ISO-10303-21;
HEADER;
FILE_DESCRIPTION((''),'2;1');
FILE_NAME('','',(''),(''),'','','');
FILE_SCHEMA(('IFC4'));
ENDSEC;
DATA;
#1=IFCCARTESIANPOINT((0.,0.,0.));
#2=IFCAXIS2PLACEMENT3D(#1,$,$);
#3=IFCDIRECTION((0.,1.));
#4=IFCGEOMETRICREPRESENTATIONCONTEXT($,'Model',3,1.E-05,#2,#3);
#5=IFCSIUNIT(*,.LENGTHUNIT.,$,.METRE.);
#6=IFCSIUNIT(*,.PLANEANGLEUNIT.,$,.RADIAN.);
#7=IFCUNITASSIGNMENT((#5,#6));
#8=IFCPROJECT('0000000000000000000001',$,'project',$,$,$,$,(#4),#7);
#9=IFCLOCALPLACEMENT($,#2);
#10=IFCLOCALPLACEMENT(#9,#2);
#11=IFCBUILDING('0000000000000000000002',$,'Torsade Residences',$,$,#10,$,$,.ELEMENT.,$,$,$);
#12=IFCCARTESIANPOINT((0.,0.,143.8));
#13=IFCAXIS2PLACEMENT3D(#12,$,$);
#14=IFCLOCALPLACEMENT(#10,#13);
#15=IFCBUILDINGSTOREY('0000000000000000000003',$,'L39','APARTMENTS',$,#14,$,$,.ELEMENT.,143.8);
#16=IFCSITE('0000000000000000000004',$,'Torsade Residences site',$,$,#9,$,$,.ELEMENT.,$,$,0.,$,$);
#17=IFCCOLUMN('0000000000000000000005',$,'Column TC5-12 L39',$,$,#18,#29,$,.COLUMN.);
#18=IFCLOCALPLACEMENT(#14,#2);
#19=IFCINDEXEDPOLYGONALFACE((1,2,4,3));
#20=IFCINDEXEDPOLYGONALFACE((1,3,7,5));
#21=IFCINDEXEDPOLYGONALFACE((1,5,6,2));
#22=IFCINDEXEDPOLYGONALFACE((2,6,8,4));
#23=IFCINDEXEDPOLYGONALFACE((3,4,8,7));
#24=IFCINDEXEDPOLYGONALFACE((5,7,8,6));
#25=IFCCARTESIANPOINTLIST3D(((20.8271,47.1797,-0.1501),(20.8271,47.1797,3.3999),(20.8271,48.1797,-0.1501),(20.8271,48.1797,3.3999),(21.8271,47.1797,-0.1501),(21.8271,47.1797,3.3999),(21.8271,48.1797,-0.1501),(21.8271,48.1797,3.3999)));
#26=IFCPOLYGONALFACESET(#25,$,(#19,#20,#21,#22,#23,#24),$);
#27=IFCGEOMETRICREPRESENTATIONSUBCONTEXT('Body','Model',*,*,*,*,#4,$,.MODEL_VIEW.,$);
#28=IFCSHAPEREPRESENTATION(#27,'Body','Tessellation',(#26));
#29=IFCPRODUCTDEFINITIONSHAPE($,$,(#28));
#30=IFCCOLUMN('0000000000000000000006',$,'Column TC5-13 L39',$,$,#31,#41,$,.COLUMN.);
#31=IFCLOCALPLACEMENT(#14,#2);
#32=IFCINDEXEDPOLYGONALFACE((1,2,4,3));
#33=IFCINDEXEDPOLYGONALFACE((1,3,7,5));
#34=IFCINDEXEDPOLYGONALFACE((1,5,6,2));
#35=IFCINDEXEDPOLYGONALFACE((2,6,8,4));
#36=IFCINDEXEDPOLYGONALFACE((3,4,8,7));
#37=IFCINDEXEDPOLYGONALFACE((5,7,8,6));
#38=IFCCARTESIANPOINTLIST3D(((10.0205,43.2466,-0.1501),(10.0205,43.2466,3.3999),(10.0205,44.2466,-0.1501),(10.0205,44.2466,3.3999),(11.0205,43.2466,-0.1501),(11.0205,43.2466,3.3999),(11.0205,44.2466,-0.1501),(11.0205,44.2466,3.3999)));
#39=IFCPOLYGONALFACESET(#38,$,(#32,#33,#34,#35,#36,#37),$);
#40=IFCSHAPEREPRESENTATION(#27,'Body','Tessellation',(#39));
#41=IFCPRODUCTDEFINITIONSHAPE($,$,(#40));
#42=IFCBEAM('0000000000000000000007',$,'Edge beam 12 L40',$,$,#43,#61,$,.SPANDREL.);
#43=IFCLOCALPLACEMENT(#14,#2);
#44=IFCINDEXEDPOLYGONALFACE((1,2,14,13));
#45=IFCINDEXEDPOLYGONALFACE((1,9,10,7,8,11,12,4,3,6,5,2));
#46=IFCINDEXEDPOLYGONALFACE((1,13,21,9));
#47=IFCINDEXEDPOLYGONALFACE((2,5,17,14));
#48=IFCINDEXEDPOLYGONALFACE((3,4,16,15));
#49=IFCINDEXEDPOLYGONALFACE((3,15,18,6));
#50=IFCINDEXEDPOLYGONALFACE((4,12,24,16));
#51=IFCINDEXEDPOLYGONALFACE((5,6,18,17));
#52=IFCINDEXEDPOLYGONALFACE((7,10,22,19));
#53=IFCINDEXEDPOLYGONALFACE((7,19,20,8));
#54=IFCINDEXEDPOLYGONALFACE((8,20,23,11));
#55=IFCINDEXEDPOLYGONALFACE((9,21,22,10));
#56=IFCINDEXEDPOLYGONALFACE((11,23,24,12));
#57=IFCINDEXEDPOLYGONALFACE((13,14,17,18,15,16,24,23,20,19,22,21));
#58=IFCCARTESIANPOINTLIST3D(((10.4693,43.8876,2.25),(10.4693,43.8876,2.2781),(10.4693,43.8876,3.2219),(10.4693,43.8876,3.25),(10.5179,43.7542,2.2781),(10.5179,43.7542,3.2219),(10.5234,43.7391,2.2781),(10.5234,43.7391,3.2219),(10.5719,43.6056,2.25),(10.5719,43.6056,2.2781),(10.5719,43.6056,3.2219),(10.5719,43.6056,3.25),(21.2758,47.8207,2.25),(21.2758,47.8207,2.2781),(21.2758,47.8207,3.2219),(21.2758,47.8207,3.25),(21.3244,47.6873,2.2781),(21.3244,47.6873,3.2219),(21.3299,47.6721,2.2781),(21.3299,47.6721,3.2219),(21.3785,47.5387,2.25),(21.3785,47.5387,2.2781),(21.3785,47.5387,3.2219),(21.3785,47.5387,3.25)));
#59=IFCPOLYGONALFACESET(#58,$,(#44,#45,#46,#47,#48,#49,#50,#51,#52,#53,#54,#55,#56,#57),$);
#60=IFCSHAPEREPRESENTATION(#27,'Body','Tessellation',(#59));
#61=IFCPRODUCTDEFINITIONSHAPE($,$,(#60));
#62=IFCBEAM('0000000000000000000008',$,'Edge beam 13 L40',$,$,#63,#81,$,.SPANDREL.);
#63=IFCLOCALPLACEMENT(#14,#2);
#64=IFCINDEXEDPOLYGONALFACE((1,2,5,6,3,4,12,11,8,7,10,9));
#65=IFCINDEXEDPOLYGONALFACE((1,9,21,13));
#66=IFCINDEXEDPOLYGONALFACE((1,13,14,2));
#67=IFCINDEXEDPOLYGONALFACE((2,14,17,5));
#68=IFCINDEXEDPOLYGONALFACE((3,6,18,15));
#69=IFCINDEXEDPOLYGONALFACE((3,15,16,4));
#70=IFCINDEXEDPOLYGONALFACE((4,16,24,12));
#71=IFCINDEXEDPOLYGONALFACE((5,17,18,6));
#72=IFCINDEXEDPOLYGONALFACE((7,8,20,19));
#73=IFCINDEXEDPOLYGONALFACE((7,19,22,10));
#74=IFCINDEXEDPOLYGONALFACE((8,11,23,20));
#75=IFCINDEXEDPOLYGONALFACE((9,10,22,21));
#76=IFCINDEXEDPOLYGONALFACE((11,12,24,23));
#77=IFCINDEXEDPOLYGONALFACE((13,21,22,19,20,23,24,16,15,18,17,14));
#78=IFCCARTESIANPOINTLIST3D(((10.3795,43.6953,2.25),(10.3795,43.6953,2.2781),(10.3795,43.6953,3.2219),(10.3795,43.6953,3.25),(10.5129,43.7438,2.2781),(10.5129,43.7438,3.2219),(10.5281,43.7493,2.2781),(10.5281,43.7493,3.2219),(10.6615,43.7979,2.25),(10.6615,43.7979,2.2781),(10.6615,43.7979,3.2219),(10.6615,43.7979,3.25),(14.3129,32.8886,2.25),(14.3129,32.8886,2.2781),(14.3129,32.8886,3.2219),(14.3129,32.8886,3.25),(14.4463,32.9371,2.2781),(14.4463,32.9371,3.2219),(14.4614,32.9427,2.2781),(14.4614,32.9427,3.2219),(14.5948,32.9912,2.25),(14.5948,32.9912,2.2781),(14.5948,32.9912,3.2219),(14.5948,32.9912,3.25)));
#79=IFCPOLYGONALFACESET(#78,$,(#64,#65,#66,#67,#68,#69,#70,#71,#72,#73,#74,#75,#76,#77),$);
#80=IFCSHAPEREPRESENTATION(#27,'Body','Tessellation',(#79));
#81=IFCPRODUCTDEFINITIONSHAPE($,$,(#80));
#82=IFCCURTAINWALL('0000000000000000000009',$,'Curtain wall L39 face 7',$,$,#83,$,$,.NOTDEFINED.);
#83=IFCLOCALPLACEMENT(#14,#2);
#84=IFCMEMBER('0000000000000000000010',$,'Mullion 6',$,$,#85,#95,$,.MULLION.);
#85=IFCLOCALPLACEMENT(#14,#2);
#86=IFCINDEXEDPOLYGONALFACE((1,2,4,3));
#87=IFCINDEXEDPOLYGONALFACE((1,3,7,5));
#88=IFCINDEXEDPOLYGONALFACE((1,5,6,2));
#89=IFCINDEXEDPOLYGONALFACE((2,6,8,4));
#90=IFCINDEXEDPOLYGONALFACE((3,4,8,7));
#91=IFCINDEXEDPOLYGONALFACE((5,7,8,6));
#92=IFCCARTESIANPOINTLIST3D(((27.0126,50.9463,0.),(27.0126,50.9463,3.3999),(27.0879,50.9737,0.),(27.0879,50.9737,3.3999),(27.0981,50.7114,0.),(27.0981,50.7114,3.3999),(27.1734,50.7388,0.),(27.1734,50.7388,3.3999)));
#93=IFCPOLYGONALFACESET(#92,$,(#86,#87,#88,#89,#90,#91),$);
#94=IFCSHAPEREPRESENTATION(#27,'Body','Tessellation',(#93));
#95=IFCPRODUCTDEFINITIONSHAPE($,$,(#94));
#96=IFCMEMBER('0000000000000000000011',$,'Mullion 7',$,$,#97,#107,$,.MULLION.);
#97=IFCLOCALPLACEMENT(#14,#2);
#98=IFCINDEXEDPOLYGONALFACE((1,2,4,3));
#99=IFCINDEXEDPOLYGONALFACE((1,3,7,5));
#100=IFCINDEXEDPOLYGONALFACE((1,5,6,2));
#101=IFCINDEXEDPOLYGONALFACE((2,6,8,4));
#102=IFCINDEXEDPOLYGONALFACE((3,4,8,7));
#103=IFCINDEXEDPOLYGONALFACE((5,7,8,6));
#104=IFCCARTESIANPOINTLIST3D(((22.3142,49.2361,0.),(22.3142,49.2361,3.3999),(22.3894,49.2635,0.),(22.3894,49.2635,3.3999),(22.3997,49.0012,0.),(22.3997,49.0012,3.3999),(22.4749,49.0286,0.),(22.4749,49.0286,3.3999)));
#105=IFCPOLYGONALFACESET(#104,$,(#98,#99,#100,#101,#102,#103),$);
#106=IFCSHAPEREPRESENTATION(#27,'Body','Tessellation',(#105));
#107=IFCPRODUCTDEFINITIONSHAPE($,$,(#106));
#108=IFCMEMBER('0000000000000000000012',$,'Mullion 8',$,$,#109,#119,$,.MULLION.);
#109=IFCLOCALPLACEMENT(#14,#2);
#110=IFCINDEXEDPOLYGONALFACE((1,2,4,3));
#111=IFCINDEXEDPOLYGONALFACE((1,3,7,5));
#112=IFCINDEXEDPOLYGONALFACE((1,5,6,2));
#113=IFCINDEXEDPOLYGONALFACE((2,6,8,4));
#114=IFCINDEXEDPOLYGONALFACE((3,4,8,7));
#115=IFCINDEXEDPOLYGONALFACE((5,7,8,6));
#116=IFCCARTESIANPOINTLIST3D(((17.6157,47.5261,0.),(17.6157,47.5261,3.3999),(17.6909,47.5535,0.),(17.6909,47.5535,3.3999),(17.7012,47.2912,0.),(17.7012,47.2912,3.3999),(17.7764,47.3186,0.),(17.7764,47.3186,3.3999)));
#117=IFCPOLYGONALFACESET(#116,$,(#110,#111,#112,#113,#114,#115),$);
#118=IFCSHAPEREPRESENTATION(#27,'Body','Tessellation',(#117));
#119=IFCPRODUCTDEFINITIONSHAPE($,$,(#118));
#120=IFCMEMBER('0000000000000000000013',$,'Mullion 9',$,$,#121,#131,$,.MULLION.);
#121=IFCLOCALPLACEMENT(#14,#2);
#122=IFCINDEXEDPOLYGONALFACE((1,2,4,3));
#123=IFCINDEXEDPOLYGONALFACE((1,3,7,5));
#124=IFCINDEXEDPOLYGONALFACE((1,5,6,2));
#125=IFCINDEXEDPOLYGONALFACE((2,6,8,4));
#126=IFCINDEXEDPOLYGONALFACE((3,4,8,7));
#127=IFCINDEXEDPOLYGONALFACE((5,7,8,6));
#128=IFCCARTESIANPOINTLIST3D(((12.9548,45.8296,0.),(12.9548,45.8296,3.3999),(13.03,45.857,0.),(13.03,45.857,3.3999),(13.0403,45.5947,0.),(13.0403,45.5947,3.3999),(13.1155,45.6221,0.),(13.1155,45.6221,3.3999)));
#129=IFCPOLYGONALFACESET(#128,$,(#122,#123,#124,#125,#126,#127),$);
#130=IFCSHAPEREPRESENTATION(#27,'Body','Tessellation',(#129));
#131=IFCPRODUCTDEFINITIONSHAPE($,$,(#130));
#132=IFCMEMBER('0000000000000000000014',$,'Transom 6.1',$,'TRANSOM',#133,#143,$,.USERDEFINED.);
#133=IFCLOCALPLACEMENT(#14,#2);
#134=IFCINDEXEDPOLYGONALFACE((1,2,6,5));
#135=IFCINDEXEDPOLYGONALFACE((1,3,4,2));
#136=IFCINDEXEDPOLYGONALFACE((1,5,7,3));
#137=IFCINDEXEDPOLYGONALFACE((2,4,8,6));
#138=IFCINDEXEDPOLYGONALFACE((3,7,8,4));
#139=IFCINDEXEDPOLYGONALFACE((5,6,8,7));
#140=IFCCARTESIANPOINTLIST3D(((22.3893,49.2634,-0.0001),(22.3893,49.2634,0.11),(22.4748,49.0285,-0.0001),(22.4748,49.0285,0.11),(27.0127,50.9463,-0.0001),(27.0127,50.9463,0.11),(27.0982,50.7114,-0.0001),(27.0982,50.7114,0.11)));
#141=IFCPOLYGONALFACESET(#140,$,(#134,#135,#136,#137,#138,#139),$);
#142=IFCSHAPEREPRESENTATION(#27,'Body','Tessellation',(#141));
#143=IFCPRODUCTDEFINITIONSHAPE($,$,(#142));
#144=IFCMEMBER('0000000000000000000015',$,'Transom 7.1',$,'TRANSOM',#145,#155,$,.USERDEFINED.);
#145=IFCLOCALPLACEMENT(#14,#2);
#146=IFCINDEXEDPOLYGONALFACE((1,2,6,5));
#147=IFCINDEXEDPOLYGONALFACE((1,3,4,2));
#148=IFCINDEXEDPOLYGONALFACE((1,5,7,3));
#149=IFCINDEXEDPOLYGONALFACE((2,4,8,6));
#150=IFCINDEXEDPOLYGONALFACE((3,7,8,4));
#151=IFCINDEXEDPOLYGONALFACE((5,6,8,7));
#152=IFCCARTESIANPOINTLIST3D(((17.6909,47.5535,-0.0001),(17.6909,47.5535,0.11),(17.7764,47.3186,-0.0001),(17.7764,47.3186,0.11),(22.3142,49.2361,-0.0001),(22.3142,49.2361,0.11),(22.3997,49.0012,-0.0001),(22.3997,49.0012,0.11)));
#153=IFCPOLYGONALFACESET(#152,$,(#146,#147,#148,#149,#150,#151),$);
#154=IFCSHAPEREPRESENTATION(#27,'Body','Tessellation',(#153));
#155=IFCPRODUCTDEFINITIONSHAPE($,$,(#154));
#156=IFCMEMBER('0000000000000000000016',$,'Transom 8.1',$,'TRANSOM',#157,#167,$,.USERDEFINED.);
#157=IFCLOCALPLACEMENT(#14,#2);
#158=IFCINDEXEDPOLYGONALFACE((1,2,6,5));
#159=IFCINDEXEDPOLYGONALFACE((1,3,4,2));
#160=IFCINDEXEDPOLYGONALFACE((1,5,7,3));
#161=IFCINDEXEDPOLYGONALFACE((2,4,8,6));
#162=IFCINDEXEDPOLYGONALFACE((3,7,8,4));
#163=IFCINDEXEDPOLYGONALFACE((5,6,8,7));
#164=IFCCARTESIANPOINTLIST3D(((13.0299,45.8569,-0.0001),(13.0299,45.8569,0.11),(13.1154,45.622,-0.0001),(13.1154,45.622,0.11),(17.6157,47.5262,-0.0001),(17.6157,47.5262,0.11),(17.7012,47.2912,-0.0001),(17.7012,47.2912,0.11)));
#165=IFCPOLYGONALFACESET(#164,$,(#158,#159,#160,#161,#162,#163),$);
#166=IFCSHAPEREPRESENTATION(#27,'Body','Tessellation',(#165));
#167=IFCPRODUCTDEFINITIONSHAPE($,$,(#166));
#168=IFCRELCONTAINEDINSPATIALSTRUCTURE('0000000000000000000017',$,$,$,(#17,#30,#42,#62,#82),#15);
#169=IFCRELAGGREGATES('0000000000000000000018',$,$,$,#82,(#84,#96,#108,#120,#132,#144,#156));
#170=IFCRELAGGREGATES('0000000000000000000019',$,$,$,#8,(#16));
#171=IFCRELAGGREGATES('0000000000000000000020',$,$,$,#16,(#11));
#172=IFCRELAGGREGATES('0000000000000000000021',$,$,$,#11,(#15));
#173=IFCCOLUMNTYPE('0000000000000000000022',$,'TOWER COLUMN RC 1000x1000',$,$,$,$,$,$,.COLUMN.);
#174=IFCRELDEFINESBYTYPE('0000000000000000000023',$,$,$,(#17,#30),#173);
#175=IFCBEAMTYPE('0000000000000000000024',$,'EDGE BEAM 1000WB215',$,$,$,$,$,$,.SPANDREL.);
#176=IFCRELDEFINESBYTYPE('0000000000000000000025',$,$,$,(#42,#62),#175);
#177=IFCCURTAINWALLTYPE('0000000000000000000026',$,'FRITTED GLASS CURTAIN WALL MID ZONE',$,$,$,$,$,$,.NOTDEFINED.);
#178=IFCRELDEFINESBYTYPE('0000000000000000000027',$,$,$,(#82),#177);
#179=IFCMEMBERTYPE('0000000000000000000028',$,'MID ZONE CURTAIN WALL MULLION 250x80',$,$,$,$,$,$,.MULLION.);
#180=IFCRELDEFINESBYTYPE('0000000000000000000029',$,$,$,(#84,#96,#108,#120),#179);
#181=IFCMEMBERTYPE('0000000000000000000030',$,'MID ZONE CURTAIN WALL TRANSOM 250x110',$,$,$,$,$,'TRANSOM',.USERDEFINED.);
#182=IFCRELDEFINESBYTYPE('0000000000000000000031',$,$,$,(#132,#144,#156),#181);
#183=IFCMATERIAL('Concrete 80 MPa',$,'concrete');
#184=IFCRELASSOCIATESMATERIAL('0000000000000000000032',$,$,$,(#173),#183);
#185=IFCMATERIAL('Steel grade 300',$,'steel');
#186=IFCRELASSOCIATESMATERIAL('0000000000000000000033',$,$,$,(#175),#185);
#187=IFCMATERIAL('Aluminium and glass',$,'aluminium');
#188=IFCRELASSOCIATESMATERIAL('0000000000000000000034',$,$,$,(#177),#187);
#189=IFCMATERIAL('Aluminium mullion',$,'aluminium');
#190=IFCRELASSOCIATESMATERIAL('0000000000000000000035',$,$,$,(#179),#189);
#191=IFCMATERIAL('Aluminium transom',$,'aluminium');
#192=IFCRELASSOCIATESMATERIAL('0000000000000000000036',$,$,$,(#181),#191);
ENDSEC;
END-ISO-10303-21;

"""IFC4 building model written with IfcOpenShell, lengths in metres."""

from ifc_helpers import new_model, si_unit, direction, frame, origin, origin_2d, place, context, subcontext, project, spatial, rectangle, i_section, extrude, material, material_profile, profile_set, type_object, element, aggregate, save


model = new_model("IFC4")

# Units and contexts
model_context = context("Model", 3, precision=1e-05, world=origin(), true_north=direction((0.0, 1.0)))
body_context = subcontext(model_context, "Body", "Model", "MODEL_VIEW")
ifc_project = project(units=[si_unit("LENGTHUNIT", "METRE"), si_unit("PLANEANGLEUNIT", "RADIAN")], contexts=[model_context])

# Site, building, storey
site_placement = place(None, origin())
site = spatial("IfcSite", under=ifc_project, at=site_placement, Name="Torsade Residences site", CompositionType="ELEMENT", RefElevation=0.0)
building_placement = place(site_placement, origin())
building = spatial("IfcBuilding", under=site, at=building_placement, Name="Torsade Residences", CompositionType="ELEMENT")
storey_placement = place(building_placement, frame((0.0, 0.0, 143.8)))
storey = spatial("IfcBuildingStorey", under=building, at=storey_placement, Name="L39", Description="APARTMENTS", CompositionType="ELEMENT", Elevation=143.8)

# Columns
ifc_material_1 = material(Name="Concrete 80 MPa", Category="concrete")
ifc_material_profile_1 = material_profile(ifc_material_1, rectangle(XDim=1.0, YDim=1.0, at=origin_2d()), Name="RC 1000x1000")
ifc_profile_set_1 = profile_set([ifc_material_profile_1], Name="Concrete 80 MPa")
column_type = type_object("IfcColumnType", Name="TOWER COLUMN RC 1000x1000", PredefinedType="COLUMN", material=ifc_profile_set_1)
for number, where, z_axis, x_axis, name in (
    (1, (21.3271, 47.6797, -0.1501), (0.0, 0.0, 1.0), (1.0, 0.0, 0.0), "Column TC5-12 L39"),
    (2, (10.5205, 43.7466, -0.1501), (0.0, 0.0, 1.0), (1.0, 0.0, 0.0), "Column TC5-13 L39"),
):
    element("IfcColumn", number, at=place(storey_placement, frame(where, z_axis=z_axis, x_axis=x_axis)), inside=storey, type_object=column_type, Name=name, PredefinedType="COLUMN", context=body_context, shape_type="SweptSolid", body=[
        extrude(rectangle(XDim=1.0, YDim=1.0, at=origin_2d()), origin(), (0.0, 0.0, 1.0), 3.55),
    ])

# Beams
ifc_material_2 = material(Name="Steel grade 300", Category="steel")
ifc_material_profile_2 = material_profile(ifc_material_2, i_section(OverallWidth=0.3, OverallDepth=1.0, WebThickness=0.0161, FlangeThickness=0.0281, at=origin_2d()), Name="1000WB215")
ifc_profile_set_2 = profile_set([ifc_material_profile_2], Name="Steel grade 300")
beam_type_1 = type_object("IfcBeamType", Name="EDGE BEAM 1000WB215", PredefinedType="SPANDREL", material=ifc_profile_set_2)
beam_1_placement = place(storey_placement, frame((21.3271, 47.6797, 2.75), z_axis=(-0.939698, -0.342006, 0.0), x_axis=(0.342006, -0.939698, 0.0)))
element("IfcBeam", 3, at=beam_1_placement, inside=storey, type_object=beam_type_1, Name="Edge beam 12 L40", PredefinedType="SPANDREL", context=body_context, shape_type="SweptSolid", body=[
    extrude(i_section(OverallWidth=0.3, OverallDepth=1.0, WebThickness=0.0161, FlangeThickness=0.0281, at=origin_2d()), origin(), (0.0, 0.0, 1.0), 11.5),
])
beam_2_placement = place(storey_placement, frame((10.5205, 43.7466, 2.75), z_axis=(0.342024, -0.939691, 0.0), x_axis=(0.939691, 0.342024, 0.0)))
element("IfcBeam", 4, at=beam_2_placement, inside=storey, type_object=beam_type_1, Name="Edge beam 13 L40", PredefinedType="SPANDREL", context=body_context, shape_type="SweptSolid", body=[
    extrude(i_section(OverallWidth=0.3, OverallDepth=1.0, WebThickness=0.0161, FlangeThickness=0.0281, at=origin_2d()), origin(), (0.0, 0.0, 1.0), 11.5002),
])

# Curtain wall, members
ifc_material_3 = material(Name="Aluminium and glass", Category="aluminium")
curtain_wall_type = type_object("IfcCurtainWallType", Name="FRITTED GLASS CURTAIN WALL MID ZONE", PredefinedType="NOTDEFINED", material=ifc_material_3)
curtain_wall_placement = place(storey_placement, origin())
curtain_wall = element("IfcCurtainWall", 5, at=curtain_wall_placement, inside=storey, type_object=curtain_wall_type, Name="Curtain wall L39 face 7", PredefinedType="NOTDEFINED")
ifc_material_4 = material(Name="Aluminium mullion", Category="aluminium")
ifc_material_profile_3 = material_profile(ifc_material_4, rectangle(XDim=0.25, YDim=0.0801, at=origin_2d()), Name="MID ZONE CURTAIN WALL MULLION 250x80")
ifc_profile_set_3 = profile_set([ifc_material_profile_3], Name="Aluminium mullion")
member_type_1 = type_object("IfcMemberType", Name="MID ZONE CURTAIN WALL MULLION 250x80", PredefinedType="MULLION", material=ifc_profile_set_3)
member_1_placement = place(storey_placement, frame((27.093, 50.8425, 0.0), z_axis=(0.0, 0.0, 1.0), x_axis=(0.34202, -0.939693, 0.0)))
member_1 = element("IfcMember", 6, at=member_1_placement, type_object=member_type_1, Name="Mullion 6", PredefinedType="MULLION", context=body_context, shape_type="SweptSolid", body=[
    extrude(rectangle(XDim=0.25, YDim=0.0801, at=origin_2d()), origin(), (0.0, 0.0, 1.0), 3.3999),
])
member_2_placement = place(storey_placement, frame((22.3945, 49.1323, 0.0), z_axis=(0.0, 0.0, 1.0), x_axis=(0.34202, -0.939693, 0.0)))
member_2 = element("IfcMember", 7, at=member_2_placement, type_object=member_type_1, Name="Mullion 7", PredefinedType="MULLION", context=body_context, shape_type="SweptSolid", body=[
    extrude(rectangle(XDim=0.25, YDim=0.0801, at=origin_2d()), origin(), (0.0, 0.0, 1.0), 3.3999),
])
member_3_placement = place(storey_placement, frame((17.696, 47.4224, 0.0), z_axis=(0.0, 0.0, 1.0), x_axis=(0.34202, -0.939693, 0.0)))
member_3 = element("IfcMember", 8, at=member_3_placement, type_object=member_type_1, Name="Mullion 8", PredefinedType="MULLION", context=body_context, shape_type="SweptSolid", body=[
    extrude(rectangle(XDim=0.25, YDim=0.0801, at=origin_2d()), origin(), (0.0, 0.0, 1.0), 3.3999),
])
member_4_placement = place(storey_placement, frame((13.0352, 45.7258, 0.0), z_axis=(0.0, 0.0, 1.0), x_axis=(0.34202, -0.939693, 0.0)))
member_4 = element("IfcMember", 9, at=member_4_placement, type_object=member_type_1, Name="Mullion 9", PredefinedType="MULLION", context=body_context, shape_type="SweptSolid", body=[
    extrude(rectangle(XDim=0.25, YDim=0.0801, at=origin_2d()), origin(), (0.0, 0.0, 1.0), 3.3999),
])
ifc_material_5 = material(Name="Aluminium transom", Category="aluminium")
ifc_material_profile_4 = material_profile(ifc_material_5, rectangle(XDim=0.25, YDim=0.1101, at=origin_2d()), Name="MID ZONE CURTAIN WALL TRANSOM 250x110")
ifc_profile_set_4 = profile_set([ifc_material_profile_4], Name="Aluminium transom")
member_type_2 = type_object("IfcMemberType", Name="MID ZONE CURTAIN WALL TRANSOM 250x110", ElementType="TRANSOM", PredefinedType="USERDEFINED", material=ifc_profile_set_4)
member_5_placement = place(storey_placement, frame((27.0554, 50.8289, 0.0549), z_axis=(-0.939685, -0.342042, 0.0), x_axis=(0.342042, -0.939685, 0.0)))
member_5 = element("IfcMember", 10, at=member_5_placement, type_object=member_type_2, Name="Transom 6.1", ObjectType="TRANSOM", PredefinedType="USERDEFINED", context=body_context, shape_type="SweptSolid", body=[
    extrude(rectangle(XDim=0.25, YDim=0.1101, at=origin_2d()), origin(), (0.0, 0.0, 1.0), 4.9202),
])
member_6_placement = place(storey_placement, frame((22.3569, 49.1187, 0.0549), z_axis=(-0.939701, -0.341998, 0.0), x_axis=(0.341998, -0.939701, 0.0)))
member_6 = element("IfcMember", 11, at=member_6_placement, type_object=member_type_2, Name="Transom 7.1", ObjectType="TRANSOM", PredefinedType="USERDEFINED", context=body_context, shape_type="SweptSolid", body=[
    extrude(rectangle(XDim=0.25, YDim=0.1101, at=origin_2d()), origin(), (0.0, 0.0, 1.0), 4.9199),
])
member_7_placement = place(storey_placement, frame((17.6584, 47.4087, 0.0549), z_axis=(-0.939684, -0.342044, 0.0), x_axis=(0.342044, -0.939684, 0.0)))
member_7 = element("IfcMember", 12, at=member_7_placement, type_object=member_type_2, Name="Transom 8.1", ObjectType="TRANSOM", PredefinedType="USERDEFINED", context=body_context, shape_type="SweptSolid", body=[
    extrude(rectangle(XDim=0.25, YDim=0.1101, at=origin_2d()), origin(), (0.0, 0.0, 1.0), 4.8801),
])

aggregate(curtain_wall, [member_1, member_2, member_3, member_4, member_5, member_6, member_7])

save(model, "model.ifc")
